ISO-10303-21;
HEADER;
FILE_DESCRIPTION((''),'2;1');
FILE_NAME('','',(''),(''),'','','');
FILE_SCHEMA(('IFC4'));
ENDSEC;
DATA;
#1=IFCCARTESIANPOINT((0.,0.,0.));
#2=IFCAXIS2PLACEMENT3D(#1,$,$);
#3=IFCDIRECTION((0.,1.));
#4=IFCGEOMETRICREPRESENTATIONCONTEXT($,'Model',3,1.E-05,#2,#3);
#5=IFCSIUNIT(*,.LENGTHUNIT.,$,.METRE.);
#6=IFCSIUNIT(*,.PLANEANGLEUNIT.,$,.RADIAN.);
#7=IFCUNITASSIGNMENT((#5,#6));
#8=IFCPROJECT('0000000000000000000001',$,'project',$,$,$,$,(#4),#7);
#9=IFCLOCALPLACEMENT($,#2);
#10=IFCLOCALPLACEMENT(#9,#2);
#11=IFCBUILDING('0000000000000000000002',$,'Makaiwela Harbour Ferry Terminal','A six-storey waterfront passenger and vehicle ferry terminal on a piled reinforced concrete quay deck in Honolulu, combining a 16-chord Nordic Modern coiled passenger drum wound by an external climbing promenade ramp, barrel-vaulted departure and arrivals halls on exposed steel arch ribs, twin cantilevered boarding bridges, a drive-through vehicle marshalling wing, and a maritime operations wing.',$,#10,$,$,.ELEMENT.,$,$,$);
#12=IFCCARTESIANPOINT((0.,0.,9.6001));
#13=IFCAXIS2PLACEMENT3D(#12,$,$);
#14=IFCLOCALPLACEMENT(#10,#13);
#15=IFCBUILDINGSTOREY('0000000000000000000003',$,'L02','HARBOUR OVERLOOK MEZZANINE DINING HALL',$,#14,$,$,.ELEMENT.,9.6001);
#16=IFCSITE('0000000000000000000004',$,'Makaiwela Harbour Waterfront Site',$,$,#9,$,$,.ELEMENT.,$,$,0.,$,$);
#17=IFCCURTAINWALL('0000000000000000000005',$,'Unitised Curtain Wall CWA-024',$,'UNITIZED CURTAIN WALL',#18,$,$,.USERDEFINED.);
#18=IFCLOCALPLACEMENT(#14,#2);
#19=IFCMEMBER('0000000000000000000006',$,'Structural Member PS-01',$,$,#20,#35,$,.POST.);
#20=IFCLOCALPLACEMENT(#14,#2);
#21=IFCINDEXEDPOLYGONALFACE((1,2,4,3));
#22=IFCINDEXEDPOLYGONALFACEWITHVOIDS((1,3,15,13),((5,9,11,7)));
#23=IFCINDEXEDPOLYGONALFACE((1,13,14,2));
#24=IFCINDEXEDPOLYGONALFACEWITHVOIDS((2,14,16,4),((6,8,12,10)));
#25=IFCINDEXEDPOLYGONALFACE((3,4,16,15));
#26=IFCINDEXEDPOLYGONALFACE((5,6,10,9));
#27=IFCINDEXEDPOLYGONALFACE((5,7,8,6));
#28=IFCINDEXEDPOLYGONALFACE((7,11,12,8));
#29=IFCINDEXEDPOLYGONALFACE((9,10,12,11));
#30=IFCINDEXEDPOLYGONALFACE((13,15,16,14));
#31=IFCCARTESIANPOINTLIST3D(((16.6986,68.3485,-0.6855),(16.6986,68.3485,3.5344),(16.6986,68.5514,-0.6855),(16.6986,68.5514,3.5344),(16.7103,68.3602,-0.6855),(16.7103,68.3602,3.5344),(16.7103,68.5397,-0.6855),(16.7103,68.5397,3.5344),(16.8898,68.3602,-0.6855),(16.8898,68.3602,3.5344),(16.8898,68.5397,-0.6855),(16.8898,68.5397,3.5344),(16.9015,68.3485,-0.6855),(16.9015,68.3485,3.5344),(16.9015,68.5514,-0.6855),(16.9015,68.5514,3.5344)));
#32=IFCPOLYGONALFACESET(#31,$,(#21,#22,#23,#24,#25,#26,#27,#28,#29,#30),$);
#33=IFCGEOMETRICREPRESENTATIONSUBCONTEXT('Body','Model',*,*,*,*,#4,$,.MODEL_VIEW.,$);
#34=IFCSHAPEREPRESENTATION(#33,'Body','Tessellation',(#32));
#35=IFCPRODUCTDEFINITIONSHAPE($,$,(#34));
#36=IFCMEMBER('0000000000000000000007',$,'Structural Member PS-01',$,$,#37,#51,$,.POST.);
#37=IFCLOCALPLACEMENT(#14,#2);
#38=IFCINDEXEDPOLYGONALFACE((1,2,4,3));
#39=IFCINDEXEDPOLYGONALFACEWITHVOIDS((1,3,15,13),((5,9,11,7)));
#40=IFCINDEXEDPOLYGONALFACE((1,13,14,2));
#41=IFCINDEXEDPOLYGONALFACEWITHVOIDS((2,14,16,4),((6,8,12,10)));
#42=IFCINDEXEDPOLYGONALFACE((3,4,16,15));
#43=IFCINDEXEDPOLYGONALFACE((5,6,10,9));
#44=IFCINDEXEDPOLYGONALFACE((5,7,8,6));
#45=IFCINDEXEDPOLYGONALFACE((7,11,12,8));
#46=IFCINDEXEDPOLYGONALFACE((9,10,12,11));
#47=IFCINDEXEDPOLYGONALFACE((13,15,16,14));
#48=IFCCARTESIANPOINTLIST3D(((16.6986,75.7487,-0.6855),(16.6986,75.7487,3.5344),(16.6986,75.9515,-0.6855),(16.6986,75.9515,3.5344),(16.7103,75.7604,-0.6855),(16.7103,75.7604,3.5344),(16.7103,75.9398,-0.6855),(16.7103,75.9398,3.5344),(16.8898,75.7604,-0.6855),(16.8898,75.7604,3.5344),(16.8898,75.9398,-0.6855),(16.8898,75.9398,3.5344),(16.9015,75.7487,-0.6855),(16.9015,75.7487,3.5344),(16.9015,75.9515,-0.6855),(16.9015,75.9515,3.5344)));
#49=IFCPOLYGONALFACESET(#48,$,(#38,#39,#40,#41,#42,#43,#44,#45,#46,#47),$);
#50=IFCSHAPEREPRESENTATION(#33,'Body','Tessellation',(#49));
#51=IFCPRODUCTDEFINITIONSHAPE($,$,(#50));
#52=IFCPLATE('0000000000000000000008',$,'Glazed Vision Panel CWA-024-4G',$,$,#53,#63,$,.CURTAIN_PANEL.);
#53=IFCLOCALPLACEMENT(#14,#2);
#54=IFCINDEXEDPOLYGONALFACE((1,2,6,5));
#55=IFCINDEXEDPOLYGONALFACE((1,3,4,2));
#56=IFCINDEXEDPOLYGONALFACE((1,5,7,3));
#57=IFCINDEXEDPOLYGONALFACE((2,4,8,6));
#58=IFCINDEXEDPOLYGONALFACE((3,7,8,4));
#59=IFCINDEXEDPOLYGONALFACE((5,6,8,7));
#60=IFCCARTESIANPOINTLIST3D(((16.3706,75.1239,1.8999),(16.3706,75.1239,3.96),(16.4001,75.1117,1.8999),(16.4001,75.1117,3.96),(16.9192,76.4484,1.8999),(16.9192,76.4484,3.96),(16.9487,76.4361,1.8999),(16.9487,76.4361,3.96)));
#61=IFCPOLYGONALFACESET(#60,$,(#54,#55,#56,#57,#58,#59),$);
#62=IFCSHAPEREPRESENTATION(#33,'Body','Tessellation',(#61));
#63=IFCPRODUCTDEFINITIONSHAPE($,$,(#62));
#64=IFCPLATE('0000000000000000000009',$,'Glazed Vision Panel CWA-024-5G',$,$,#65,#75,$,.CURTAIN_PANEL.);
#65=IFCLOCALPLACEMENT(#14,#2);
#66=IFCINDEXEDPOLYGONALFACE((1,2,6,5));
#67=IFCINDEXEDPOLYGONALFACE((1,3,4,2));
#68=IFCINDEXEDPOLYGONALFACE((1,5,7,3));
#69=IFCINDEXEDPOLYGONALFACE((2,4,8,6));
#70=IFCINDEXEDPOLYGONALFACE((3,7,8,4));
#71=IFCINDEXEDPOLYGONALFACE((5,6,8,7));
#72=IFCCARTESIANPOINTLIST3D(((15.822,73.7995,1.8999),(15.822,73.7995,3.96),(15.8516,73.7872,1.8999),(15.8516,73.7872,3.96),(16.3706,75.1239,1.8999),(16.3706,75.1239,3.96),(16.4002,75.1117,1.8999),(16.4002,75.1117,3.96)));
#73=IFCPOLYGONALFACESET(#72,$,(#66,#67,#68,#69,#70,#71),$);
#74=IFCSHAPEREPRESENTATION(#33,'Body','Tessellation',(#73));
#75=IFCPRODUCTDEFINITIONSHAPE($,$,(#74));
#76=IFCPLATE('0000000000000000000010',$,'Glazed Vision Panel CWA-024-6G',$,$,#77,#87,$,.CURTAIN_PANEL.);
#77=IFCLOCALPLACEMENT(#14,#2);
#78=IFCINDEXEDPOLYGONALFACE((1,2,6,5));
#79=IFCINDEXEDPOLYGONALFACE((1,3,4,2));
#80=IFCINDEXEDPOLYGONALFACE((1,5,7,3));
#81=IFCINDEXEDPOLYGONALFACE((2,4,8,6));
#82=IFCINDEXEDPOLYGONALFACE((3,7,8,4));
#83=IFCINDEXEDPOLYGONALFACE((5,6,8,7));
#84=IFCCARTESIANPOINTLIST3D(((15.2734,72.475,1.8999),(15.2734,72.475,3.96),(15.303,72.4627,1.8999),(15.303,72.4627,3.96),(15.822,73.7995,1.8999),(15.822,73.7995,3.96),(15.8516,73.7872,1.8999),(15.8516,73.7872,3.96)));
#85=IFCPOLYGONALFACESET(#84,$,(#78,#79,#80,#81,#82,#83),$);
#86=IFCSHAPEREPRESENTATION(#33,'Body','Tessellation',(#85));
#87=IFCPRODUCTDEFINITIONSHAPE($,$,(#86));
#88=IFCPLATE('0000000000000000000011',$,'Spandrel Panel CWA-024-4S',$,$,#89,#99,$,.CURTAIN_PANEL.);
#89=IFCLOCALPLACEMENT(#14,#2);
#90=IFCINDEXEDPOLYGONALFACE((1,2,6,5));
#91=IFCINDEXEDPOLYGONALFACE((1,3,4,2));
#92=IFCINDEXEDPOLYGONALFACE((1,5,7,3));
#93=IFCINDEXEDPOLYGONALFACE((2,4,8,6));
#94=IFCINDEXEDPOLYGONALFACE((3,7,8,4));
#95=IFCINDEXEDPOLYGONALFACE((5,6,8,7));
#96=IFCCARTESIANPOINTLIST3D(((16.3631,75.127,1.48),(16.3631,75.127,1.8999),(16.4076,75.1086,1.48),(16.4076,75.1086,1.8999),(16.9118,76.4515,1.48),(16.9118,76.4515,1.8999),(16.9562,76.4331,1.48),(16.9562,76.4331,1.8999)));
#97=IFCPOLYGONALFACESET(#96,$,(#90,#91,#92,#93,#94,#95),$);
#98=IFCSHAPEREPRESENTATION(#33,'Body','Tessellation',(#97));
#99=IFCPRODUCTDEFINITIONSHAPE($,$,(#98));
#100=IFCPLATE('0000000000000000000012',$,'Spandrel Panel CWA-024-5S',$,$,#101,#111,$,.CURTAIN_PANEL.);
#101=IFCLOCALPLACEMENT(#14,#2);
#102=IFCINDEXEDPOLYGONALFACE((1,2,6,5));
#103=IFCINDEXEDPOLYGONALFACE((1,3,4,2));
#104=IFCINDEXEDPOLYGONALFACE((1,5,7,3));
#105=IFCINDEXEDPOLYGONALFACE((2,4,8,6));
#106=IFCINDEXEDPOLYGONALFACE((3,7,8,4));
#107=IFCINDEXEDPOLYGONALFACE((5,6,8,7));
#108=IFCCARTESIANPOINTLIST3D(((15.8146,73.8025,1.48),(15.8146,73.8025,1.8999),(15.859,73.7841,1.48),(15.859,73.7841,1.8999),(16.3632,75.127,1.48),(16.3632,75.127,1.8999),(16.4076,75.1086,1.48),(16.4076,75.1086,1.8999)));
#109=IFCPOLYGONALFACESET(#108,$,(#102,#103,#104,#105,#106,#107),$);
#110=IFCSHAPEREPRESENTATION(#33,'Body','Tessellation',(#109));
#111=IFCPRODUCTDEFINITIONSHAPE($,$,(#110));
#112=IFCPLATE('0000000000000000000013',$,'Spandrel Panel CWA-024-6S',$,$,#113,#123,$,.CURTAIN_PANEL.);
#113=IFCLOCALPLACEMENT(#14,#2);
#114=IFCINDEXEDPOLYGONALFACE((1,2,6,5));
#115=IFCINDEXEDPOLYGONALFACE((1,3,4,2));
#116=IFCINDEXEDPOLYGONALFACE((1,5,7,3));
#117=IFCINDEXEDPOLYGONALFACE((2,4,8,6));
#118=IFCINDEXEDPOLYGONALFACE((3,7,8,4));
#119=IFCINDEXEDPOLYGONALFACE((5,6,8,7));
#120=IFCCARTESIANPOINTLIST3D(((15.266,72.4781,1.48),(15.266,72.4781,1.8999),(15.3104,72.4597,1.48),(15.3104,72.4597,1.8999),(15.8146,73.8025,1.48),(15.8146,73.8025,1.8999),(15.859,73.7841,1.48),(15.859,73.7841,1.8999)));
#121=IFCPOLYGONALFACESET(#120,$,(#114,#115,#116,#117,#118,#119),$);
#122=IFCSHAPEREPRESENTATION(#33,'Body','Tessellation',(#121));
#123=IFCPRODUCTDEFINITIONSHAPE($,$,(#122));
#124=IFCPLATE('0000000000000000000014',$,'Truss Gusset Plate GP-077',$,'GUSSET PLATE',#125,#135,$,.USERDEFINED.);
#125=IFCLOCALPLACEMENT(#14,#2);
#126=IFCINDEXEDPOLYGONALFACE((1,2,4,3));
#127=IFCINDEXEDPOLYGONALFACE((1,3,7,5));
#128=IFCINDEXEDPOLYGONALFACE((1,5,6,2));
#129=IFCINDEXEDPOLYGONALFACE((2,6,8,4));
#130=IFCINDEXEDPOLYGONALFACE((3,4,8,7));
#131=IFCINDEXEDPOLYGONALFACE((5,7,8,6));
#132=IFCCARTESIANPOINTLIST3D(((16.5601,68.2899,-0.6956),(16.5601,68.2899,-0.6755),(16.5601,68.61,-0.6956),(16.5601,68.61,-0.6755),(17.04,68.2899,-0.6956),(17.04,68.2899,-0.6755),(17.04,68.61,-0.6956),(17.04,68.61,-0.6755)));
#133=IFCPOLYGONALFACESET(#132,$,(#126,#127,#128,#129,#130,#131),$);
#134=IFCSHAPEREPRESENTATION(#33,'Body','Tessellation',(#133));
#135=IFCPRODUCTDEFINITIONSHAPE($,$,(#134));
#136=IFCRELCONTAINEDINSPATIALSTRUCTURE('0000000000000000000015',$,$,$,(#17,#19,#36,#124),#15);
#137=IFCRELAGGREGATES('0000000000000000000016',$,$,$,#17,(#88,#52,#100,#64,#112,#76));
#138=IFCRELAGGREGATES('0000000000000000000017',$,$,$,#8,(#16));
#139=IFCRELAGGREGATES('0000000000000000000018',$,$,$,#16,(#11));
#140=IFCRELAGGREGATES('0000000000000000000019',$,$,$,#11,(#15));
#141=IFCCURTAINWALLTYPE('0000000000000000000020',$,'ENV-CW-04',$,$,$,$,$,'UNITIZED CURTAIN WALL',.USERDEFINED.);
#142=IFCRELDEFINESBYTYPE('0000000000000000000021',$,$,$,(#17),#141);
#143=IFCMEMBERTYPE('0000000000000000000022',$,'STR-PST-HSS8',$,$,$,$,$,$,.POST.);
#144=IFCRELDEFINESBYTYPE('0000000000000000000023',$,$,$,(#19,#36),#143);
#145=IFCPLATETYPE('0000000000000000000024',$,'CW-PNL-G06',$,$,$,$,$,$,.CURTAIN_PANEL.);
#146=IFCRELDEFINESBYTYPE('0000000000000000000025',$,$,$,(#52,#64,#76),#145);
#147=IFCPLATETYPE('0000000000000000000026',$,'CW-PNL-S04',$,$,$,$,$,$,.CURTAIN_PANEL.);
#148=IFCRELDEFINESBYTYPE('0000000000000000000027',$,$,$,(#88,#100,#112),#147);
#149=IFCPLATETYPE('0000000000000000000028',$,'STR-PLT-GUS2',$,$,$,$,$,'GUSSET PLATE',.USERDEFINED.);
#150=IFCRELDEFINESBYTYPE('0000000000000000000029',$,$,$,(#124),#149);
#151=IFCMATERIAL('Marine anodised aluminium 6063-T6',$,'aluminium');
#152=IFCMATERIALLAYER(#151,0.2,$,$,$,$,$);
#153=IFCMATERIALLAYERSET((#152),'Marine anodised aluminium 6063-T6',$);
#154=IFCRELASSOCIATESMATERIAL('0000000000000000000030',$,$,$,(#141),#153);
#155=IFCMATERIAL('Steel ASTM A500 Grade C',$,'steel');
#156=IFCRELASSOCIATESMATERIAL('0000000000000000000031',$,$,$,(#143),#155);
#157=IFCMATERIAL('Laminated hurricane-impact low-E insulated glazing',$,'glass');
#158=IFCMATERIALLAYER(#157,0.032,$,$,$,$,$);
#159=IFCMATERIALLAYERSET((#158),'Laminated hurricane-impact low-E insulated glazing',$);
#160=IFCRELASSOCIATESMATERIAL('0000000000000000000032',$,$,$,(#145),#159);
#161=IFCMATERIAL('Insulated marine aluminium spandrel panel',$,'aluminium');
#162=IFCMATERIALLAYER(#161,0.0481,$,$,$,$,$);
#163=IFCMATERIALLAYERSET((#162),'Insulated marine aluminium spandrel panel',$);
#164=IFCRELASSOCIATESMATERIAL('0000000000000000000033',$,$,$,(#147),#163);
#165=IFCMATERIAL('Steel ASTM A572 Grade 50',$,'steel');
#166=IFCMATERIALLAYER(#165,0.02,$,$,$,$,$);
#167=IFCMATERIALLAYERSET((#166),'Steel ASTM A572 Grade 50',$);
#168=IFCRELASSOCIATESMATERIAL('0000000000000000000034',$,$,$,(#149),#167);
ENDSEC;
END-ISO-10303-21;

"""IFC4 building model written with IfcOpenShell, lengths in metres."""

from ifc_helpers import new_model, si_unit, direction, frame, origin, origin_2d, place, context, subcontext, project, spatial, rectangle, hollow_rectangle, extrude, material, layer, layer_set, material_profile, profile_set, type_object, element, aggregate, save


model = new_model("IFC4")

# Units and contexts
model_context = context("Model", 3, precision=1e-05, world=origin(), true_north=direction((0.0, 1.0)))
body_context = subcontext(model_context, "Body", "Model", "MODEL_VIEW")
ifc_project = project(units=[si_unit("LENGTHUNIT", "METRE"), si_unit("PLANEANGLEUNIT", "RADIAN")], contexts=[model_context])

# Site, building, storey
site_placement = place(None, origin())
site = spatial("IfcSite", under=ifc_project, at=site_placement, Name="Makaiwela Harbour Waterfront Site", CompositionType="ELEMENT", RefElevation=0.0)
building_placement = place(site_placement, origin())
building = spatial("IfcBuilding", under=site, at=building_placement, Name="Makaiwela Harbour Ferry Terminal", Description="A six-storey waterfront passenger and vehicle ferry terminal on a piled reinforced concrete quay deck in Honolulu, combining a 16-chord Nordic Modern coiled passenger drum wound by an external climbing promenade ramp, barrel-vaulted departure and arrivals halls on exposed steel arch ribs, twin cantilevered boarding bridges, a drive-through vehicle marshalling wing, and a maritime operations wing.", CompositionType="ELEMENT")
storey_placement = place(building_placement, frame((0.0, 0.0, 9.6001)))
storey = spatial("IfcBuildingStorey", under=building, at=storey_placement, Name="L02", Description="HARBOUR OVERLOOK MEZZANINE DINING HALL", CompositionType="ELEMENT", Elevation=9.6001)

# Curtain wall
ifc_material_1 = material(Name="Marine anodised aluminium 6063-T6", Category="aluminium")
ifc_layer_1 = layer(ifc_material_1, 0.2)
ifc_layer_set_1 = layer_set([ifc_layer_1], Name="Marine anodised aluminium 6063-T6")
curtain_wall_type = type_object("IfcCurtainWallType", Name="ENV-CW-04", ElementType="UNITIZED CURTAIN WALL", PredefinedType="USERDEFINED", material=ifc_layer_set_1)
curtain_wall_placement = place(storey_placement, origin())
curtain_wall = element("IfcCurtainWall", 1, at=curtain_wall_placement, inside=storey, type_object=curtain_wall_type, Name="Unitised Curtain Wall CWA-024", ObjectType="UNITIZED CURTAIN WALL", PredefinedType="USERDEFINED")

# Members
ifc_material_2 = material(Name="Steel ASTM A500 Grade C", Category="steel")
ifc_material_profile_1 = material_profile(ifc_material_2, hollow_rectangle(XDim=0.2029, YDim=0.2029, WallThickness=0.0117, at=origin_2d()), Name="HSS8X8X1/2")
ifc_profile_set_1 = profile_set([ifc_material_profile_1], Name="Steel ASTM A500 Grade C")
member_type_1 = type_object("IfcMemberType", Name="STR-PST-HSS8", PredefinedType="POST", material=ifc_profile_set_1)
for number, where, z_axis, x_axis, name in (
    (2, (16.8, 68.45, -0.6855), (0.0, 0.0, 1.0), (1.0, 0.0, 0.0), "Structural Member PS-01"),
    (3, (16.8, 75.8501, -0.6855), (0.0, 0.0, 1.0), (1.0, 0.0, 0.0), "Structural Member PS-01"),
):
    element("IfcMember", number, at=place(storey_placement, frame(where, z_axis=z_axis, x_axis=x_axis)), inside=storey, type_object=member_type_1, Name=name, PredefinedType="POST", context=body_context, shape_type="SweptSolid", body=[
        extrude(hollow_rectangle(XDim=0.2029, YDim=0.2029, WallThickness=0.0117, at=origin_2d()), origin(), (0.0, 0.0, 1.0), 4.22),
    ])

# Plates
ifc_material_3 = material(Name="Laminated hurricane-impact low-E insulated glazing", Category="glass")
ifc_layer_2 = layer(ifc_material_3, 0.032)
ifc_layer_set_2 = layer_set([ifc_layer_2], Name="Laminated hurricane-impact low-E insulated glazing")
plate_type_1 = type_object("IfcPlateType", Name="CW-PNL-G06", PredefinedType="CURTAIN_PANEL", material=ifc_layer_set_2)
plate_1_placement = place(storey_placement, frame((16.6597, 75.78, 1.8999), z_axis=(0.0, 0.0, 1.0), x_axis=(-0.382683, -0.92388, 0.0)))
plate_1 = element("IfcPlate", 4, at=plate_1_placement, type_object=plate_type_1, Name="Glazed Vision Panel CWA-024-4G", PredefinedType="CURTAIN_PANEL", context=body_context, shape_type="SweptSolid", body=[
    extrude(rectangle(XDim=1.4336, YDim=0.032, at=origin_2d()), origin(), (0.0, 0.0, 1.0), 2.0601),
])
plate_2_placement = place(storey_placement, frame((16.1111, 74.4556, 1.8999), z_axis=(0.0, 0.0, 1.0), x_axis=(-0.382683, -0.92388, 0.0)))
plate_2 = element("IfcPlate", 5, at=plate_2_placement, type_object=plate_type_1, Name="Glazed Vision Panel CWA-024-5G", PredefinedType="CURTAIN_PANEL", context=body_context, shape_type="SweptSolid", body=[
    extrude(rectangle(XDim=1.4336, YDim=0.032, at=origin_2d()), origin(), (0.0, 0.0, 1.0), 2.0601),
])
plate_3_placement = place(storey_placement, frame((15.5625, 73.1311, 1.8999), z_axis=(0.0, 0.0, 1.0), x_axis=(-0.382683, -0.92388, 0.0)))
plate_3 = element("IfcPlate", 6, at=plate_3_placement, type_object=plate_type_1, Name="Glazed Vision Panel CWA-024-6G", PredefinedType="CURTAIN_PANEL", context=body_context, shape_type="SweptSolid", body=[
    extrude(rectangle(XDim=1.4336, YDim=0.032, at=origin_2d()), origin(), (0.0, 0.0, 1.0), 2.0601),
])
ifc_material_4 = material(Name="Insulated marine aluminium spandrel panel", Category="aluminium")
ifc_layer_3 = layer(ifc_material_4, 0.0481)
ifc_layer_set_3 = layer_set([ifc_layer_3], Name="Insulated marine aluminium spandrel panel")
plate_type_2 = type_object("IfcPlateType", Name="CW-PNL-S04", PredefinedType="CURTAIN_PANEL", material=ifc_layer_set_3)
plate_4_placement = place(storey_placement, frame((16.6597, 75.78, 1.48), z_axis=(0.0, 0.0, 1.0), x_axis=(-0.382683, -0.92388, 0.0)))
plate_4 = element("IfcPlate", 7, at=plate_4_placement, type_object=plate_type_2, Name="Spandrel Panel CWA-024-4S", PredefinedType="CURTAIN_PANEL", context=body_context, shape_type="SweptSolid", body=[
    extrude(rectangle(XDim=1.4336, YDim=0.0481, at=origin_2d()), origin(), (0.0, 0.0, 1.0), 0.4199),
])
plate_5_placement = place(storey_placement, frame((16.1111, 74.4556, 1.48), z_axis=(0.0, 0.0, 1.0), x_axis=(-0.382683, -0.92388, 0.0)))
plate_5 = element("IfcPlate", 8, at=plate_5_placement, type_object=plate_type_2, Name="Spandrel Panel CWA-024-5S", PredefinedType="CURTAIN_PANEL", context=body_context, shape_type="SweptSolid", body=[
    extrude(rectangle(XDim=1.4336, YDim=0.0481, at=origin_2d()), origin(), (0.0, 0.0, 1.0), 0.4199),
])
plate_6_placement = place(storey_placement, frame((15.5625, 73.1311, 1.48), z_axis=(0.0, 0.0, 1.0), x_axis=(-0.382683, -0.92388, 0.0)))
plate_6 = element("IfcPlate", 9, at=plate_6_placement, type_object=plate_type_2, Name="Spandrel Panel CWA-024-6S", PredefinedType="CURTAIN_PANEL", context=body_context, shape_type="SweptSolid", body=[
    extrude(rectangle(XDim=1.4336, YDim=0.0481, at=origin_2d()), origin(), (0.0, 0.0, 1.0), 0.4199),
])
aggregate(curtain_wall, [plate_4, plate_1, plate_5, plate_2, plate_6, plate_3])
ifc_material_5 = material(Name="Steel ASTM A572 Grade 50", Category="steel")
ifc_layer_4 = layer(ifc_material_5, 0.02)
ifc_layer_set_4 = layer_set([ifc_layer_4], Name="Steel ASTM A572 Grade 50")
plate_type_3 = type_object("IfcPlateType", Name="STR-PLT-GUS2", ElementType="GUSSET PLATE", PredefinedType="USERDEFINED", material=ifc_layer_set_4)
plate_7_placement = place(storey_placement, frame((16.8, 68.45, -0.6956), z_axis=(0.0, 0.0, 1.0), x_axis=(1.0, 0.0, 0.0)))
element("IfcPlate", 10, at=plate_7_placement, inside=storey, type_object=plate_type_3, Name="Truss Gusset Plate GP-077", ObjectType="GUSSET PLATE", PredefinedType="USERDEFINED", context=body_context, shape_type="SweptSolid", body=[
    extrude(rectangle(XDim=0.48, YDim=0.3201, at=origin_2d()), origin(), (0.0, 0.0, 1.0), 0.02),
])

save(model, "model.ifc")
